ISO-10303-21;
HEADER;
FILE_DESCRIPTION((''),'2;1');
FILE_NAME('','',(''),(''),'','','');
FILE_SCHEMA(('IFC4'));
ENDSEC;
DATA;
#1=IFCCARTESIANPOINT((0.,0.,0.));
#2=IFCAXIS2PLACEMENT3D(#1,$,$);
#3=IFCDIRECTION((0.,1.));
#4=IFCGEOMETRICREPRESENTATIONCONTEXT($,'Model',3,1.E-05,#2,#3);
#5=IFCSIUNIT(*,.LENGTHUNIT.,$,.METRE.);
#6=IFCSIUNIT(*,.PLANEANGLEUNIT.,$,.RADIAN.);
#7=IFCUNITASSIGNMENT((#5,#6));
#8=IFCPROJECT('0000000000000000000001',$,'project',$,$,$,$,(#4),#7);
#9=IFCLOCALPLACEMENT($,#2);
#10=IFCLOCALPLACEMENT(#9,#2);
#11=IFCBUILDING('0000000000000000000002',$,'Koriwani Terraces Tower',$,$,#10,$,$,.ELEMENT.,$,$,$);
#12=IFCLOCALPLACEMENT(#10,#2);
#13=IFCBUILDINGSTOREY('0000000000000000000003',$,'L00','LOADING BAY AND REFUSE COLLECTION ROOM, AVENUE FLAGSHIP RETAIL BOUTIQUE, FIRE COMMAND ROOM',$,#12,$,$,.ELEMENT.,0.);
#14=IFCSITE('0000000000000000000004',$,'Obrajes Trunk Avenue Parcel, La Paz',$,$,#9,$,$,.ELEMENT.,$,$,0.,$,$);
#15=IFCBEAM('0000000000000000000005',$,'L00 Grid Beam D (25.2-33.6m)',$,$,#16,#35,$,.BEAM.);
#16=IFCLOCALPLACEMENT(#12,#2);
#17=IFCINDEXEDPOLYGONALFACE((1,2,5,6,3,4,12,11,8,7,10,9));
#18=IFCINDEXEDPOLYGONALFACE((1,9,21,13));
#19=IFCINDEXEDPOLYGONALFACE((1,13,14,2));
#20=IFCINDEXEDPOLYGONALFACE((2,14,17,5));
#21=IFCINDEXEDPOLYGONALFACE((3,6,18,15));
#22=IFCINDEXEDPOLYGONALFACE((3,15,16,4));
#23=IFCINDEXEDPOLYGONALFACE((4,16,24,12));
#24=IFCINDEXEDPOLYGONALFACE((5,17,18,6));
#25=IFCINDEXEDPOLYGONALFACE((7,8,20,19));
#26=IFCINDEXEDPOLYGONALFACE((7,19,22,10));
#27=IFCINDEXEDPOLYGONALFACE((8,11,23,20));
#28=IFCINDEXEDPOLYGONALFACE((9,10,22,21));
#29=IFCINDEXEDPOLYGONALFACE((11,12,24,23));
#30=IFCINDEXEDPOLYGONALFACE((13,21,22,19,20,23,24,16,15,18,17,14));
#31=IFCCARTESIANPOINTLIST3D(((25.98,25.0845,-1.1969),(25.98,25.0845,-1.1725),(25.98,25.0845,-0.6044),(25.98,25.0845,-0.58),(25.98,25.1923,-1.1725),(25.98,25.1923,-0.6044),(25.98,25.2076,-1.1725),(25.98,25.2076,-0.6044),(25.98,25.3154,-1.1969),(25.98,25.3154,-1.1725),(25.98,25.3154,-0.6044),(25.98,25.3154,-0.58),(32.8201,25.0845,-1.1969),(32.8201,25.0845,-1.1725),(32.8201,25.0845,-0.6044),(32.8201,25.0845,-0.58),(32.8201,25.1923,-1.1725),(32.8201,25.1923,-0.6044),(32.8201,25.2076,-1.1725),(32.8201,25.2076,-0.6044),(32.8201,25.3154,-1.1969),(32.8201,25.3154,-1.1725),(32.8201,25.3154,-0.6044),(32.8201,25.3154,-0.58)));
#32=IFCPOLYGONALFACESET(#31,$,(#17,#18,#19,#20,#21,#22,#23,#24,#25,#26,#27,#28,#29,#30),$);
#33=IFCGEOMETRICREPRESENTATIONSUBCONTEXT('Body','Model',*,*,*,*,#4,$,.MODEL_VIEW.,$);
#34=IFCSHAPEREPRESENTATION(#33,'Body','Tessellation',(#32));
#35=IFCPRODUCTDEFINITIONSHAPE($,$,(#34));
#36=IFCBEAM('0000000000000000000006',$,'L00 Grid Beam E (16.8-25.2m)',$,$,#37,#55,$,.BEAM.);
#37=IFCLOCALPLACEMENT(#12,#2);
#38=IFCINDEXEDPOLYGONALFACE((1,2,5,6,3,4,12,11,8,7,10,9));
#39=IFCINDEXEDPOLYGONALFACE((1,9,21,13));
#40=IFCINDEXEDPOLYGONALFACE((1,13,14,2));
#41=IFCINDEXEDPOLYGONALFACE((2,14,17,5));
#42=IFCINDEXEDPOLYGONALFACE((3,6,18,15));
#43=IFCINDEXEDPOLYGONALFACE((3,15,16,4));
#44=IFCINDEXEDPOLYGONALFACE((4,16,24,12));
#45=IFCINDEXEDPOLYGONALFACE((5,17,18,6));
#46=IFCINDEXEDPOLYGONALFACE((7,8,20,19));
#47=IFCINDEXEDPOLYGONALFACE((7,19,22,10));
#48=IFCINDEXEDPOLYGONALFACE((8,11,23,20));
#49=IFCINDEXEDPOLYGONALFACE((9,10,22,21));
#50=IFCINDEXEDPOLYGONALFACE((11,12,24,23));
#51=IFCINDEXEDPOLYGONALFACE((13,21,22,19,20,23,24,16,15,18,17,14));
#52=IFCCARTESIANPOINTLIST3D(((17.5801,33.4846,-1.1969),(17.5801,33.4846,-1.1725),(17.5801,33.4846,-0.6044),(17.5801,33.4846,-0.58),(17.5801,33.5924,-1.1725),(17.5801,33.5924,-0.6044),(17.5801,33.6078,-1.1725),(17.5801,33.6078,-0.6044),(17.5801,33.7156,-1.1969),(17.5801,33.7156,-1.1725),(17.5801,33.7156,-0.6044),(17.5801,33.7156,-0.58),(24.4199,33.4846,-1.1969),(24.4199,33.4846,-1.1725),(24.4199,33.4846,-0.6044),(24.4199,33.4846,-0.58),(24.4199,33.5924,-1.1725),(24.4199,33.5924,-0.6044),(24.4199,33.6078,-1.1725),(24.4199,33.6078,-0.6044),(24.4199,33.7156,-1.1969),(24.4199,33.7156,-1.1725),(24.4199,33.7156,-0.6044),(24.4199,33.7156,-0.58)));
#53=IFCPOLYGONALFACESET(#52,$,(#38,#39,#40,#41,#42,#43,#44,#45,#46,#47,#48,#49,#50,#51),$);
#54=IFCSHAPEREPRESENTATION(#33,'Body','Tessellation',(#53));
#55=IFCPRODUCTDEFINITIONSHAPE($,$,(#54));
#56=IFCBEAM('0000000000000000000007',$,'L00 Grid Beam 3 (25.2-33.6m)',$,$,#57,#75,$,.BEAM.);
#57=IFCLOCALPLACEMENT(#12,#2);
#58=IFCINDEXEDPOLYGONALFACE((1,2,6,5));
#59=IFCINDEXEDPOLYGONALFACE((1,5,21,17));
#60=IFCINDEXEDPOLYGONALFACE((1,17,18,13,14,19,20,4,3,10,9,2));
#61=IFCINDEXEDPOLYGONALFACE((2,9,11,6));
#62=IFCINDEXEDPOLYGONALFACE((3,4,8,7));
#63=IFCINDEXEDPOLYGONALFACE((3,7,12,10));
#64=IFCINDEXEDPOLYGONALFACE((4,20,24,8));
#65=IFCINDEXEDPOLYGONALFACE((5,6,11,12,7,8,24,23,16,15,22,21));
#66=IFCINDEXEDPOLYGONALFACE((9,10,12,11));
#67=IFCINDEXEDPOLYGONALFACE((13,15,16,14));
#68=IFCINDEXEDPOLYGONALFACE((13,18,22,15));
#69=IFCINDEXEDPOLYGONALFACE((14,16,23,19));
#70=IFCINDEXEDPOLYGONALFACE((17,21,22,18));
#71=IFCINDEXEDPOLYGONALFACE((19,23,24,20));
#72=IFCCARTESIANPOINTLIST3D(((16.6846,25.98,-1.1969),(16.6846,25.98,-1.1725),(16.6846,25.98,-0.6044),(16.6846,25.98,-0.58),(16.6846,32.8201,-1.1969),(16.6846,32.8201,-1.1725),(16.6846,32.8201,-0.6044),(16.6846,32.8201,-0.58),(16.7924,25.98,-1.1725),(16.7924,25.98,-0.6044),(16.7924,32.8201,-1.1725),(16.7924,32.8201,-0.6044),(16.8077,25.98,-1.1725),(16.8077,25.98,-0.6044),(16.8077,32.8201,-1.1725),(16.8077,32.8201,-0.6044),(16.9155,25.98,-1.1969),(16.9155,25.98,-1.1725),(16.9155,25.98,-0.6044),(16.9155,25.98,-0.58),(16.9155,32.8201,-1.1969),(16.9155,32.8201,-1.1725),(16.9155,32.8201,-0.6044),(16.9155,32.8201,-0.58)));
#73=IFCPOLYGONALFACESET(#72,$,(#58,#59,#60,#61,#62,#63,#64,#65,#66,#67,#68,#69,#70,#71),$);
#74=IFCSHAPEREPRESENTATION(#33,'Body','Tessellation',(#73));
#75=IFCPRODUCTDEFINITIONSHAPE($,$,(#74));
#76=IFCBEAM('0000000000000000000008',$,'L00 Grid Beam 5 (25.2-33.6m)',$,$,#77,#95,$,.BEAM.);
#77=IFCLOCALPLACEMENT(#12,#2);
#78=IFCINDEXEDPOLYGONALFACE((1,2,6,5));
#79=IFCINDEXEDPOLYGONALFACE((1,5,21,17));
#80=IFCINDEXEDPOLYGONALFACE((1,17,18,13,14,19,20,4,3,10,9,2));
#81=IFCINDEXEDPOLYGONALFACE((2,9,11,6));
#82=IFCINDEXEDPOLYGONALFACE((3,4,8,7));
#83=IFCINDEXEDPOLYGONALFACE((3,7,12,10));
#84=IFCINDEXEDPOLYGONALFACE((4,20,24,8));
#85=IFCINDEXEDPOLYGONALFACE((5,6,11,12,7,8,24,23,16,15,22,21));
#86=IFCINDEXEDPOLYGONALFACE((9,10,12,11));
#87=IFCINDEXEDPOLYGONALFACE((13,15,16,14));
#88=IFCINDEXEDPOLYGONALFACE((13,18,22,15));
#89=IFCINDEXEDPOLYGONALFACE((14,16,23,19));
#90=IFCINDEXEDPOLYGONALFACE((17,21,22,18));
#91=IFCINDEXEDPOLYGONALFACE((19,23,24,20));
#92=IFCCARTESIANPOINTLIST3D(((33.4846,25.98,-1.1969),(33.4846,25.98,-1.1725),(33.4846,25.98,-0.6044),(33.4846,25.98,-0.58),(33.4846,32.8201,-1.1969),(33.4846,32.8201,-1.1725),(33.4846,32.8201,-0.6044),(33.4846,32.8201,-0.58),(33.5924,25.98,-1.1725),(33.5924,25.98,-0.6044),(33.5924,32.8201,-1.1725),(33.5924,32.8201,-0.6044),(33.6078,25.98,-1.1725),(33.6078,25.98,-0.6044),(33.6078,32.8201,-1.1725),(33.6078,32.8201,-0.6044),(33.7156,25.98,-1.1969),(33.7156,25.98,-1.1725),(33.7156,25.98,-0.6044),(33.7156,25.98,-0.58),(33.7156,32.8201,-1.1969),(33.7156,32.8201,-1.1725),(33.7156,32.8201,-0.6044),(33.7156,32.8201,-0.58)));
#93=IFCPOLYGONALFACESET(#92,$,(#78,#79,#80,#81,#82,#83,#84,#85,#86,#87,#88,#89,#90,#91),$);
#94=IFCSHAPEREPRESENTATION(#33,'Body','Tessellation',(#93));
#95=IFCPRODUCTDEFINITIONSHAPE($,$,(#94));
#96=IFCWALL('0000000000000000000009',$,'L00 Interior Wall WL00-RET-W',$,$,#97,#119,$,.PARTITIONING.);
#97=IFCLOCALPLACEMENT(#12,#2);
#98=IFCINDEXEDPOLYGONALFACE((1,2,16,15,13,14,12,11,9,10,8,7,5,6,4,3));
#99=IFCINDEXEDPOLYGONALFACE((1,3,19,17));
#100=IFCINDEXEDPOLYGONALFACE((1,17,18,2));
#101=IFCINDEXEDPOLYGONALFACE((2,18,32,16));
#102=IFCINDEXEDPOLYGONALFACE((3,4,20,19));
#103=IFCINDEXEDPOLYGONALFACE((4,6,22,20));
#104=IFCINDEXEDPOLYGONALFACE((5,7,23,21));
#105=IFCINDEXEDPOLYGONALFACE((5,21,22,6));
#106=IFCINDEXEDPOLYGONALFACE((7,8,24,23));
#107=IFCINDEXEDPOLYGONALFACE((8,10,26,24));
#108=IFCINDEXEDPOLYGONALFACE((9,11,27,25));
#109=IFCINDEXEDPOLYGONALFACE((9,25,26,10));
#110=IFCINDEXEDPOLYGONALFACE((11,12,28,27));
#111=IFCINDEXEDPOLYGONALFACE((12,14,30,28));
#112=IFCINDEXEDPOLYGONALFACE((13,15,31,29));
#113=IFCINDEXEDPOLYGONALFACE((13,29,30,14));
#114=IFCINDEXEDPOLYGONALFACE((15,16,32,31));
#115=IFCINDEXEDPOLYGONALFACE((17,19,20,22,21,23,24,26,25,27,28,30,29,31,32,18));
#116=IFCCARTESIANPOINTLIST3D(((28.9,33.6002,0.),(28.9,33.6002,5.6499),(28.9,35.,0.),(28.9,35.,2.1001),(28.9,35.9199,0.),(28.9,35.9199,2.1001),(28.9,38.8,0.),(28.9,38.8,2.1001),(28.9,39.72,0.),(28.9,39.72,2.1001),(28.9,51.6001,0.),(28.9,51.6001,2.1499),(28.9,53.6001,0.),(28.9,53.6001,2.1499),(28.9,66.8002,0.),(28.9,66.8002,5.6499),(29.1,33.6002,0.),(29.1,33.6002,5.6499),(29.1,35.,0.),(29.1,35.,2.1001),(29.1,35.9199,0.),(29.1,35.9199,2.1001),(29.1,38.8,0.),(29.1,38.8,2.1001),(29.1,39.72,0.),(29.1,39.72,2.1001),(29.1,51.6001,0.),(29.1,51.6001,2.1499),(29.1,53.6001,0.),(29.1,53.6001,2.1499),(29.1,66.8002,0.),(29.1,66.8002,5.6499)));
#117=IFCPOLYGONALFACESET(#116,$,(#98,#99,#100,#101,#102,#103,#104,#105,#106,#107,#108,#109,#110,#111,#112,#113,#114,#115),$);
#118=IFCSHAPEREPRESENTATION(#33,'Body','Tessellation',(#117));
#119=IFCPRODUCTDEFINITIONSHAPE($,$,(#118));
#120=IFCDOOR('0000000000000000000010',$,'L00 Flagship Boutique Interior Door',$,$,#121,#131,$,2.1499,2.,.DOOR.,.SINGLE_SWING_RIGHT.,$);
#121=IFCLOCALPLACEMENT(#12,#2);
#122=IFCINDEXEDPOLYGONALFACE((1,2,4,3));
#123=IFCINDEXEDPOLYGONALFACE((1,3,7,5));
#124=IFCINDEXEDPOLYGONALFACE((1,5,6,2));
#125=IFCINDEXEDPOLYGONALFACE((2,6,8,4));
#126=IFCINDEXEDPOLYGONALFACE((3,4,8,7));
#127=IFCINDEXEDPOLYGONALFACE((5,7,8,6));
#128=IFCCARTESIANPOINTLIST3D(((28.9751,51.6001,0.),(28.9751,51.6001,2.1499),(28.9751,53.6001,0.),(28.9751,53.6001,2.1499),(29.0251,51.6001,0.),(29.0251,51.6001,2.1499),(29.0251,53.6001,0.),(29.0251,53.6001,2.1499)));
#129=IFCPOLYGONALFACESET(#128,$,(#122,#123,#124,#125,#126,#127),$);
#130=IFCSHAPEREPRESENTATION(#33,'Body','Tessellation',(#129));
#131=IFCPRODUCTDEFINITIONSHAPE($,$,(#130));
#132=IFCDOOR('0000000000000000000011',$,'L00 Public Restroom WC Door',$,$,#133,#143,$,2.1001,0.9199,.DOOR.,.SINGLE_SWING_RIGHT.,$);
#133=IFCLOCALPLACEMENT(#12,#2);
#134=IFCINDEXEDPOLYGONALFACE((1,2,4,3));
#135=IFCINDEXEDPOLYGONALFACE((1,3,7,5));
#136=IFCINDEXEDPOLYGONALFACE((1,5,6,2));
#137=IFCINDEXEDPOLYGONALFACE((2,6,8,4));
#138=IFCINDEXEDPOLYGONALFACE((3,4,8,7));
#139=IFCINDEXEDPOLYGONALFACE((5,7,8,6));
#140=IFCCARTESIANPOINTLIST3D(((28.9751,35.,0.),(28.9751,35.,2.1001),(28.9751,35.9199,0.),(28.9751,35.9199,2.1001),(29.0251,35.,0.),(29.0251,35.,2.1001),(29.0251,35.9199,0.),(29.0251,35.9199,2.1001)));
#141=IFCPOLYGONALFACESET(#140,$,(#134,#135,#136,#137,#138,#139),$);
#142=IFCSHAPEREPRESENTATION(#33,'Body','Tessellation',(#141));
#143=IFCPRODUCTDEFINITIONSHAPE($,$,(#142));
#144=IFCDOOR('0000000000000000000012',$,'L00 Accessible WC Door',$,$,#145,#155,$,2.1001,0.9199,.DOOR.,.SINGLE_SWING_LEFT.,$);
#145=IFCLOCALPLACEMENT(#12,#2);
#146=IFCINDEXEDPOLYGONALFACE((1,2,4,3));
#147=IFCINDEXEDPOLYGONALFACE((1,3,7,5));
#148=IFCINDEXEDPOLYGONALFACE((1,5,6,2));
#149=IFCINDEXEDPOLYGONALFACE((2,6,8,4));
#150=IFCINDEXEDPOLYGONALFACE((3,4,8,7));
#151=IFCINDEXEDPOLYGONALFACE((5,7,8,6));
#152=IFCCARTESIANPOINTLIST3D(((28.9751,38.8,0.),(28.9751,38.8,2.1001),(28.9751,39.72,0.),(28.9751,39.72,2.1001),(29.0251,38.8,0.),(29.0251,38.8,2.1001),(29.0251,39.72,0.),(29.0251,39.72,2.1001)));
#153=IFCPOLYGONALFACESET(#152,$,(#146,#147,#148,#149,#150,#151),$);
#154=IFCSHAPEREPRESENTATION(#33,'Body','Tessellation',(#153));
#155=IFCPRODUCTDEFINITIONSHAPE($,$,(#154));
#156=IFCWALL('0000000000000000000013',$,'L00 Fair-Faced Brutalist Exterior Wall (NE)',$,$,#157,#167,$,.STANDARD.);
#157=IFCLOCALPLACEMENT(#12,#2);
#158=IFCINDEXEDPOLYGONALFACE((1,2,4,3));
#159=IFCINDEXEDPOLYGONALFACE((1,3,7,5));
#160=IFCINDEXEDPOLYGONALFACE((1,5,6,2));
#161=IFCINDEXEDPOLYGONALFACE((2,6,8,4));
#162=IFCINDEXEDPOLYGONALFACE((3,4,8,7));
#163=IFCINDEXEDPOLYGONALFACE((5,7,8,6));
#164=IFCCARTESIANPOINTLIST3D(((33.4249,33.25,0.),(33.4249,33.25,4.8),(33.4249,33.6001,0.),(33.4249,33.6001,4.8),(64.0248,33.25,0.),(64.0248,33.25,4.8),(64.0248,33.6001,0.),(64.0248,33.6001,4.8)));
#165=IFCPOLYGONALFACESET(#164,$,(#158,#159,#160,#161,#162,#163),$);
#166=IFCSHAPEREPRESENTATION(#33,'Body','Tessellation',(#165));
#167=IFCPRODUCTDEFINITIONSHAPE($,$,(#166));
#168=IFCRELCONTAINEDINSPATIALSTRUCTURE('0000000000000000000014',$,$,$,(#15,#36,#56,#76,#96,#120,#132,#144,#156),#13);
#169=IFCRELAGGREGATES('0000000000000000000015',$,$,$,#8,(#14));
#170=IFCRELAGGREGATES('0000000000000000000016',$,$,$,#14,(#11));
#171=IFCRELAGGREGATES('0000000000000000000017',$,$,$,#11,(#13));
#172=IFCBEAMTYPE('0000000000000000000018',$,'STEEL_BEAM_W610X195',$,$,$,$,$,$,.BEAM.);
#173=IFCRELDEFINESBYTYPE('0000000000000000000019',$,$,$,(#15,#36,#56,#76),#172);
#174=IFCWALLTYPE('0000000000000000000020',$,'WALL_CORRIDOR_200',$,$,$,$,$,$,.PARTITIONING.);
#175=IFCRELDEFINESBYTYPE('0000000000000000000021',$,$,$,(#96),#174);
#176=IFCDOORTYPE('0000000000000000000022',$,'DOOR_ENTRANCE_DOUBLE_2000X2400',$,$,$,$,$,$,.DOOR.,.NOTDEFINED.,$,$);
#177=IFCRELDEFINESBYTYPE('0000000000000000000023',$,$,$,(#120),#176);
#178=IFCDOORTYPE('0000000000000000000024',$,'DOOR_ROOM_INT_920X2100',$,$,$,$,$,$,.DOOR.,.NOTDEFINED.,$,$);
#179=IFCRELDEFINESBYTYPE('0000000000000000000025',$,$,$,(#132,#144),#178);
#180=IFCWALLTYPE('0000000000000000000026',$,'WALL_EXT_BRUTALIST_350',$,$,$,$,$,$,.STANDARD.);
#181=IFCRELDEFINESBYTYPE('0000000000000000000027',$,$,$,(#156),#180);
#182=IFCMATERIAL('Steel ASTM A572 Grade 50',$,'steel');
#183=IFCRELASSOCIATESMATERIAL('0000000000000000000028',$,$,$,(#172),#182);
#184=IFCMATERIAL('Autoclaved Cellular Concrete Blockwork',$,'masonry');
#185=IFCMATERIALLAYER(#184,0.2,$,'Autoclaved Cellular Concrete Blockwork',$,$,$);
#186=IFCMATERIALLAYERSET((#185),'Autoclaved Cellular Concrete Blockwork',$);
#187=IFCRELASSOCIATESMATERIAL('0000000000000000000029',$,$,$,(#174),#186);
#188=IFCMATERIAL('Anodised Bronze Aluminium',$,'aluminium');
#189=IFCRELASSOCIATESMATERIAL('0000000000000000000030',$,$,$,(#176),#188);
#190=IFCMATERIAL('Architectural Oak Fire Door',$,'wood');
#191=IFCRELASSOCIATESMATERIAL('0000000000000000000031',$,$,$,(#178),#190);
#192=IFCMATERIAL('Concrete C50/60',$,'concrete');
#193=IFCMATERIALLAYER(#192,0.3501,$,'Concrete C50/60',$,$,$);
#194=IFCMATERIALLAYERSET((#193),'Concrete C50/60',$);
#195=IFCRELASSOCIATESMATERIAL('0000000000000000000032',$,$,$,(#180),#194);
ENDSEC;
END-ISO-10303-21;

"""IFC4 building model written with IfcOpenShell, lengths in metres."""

from ifc_helpers import new_model, si_unit, direction, frame, frame_2d, origin, origin_2d, place, context, subcontext, project, spatial, rectangle, i_section, extrude, material, layer, layer_set, material_profile, profile_set, type_object, element, fill, save


model = new_model("IFC4")

# Units and contexts
model_context = context("Model", 3, precision=1e-05, world=origin(), true_north=direction((0.0, 1.0)))
body_context = subcontext(model_context, "Body", "Model", "MODEL_VIEW")
ifc_project = project(units=[si_unit("LENGTHUNIT", "METRE"), si_unit("PLANEANGLEUNIT", "RADIAN")], contexts=[model_context])

# Site, building, storey
site_placement = place(None, origin())
site = spatial("IfcSite", under=ifc_project, at=site_placement, Name="Obrajes Trunk Avenue Parcel, La Paz", CompositionType="ELEMENT", RefElevation=0.0)
building_placement = place(site_placement, origin())
building = spatial("IfcBuilding", under=site, at=building_placement, Name="Koriwani Terraces Tower", CompositionType="ELEMENT")
storey_placement = place(building_placement, origin())
storey = spatial("IfcBuildingStorey", under=building, at=storey_placement, Name="L00", Description="LOADING BAY AND REFUSE COLLECTION ROOM, AVENUE FLAGSHIP RETAIL BOUTIQUE, FIRE COMMAND ROOM", CompositionType="ELEMENT", Elevation=0.0)

# Beams
ifc_material_1 = material(Name="Steel ASTM A572 Grade 50", Category="steel")
ifc_material_profile_1 = material_profile(ifc_material_1, i_section(OverallWidth=0.231, OverallDepth=0.6169, WebThickness=0.0154, FlangeThickness=0.0244, at=origin_2d()), Name="Steel ASTM A572 Grade 50", Category="LoadBearing")
ifc_profile_set_1 = profile_set([ifc_material_profile_1], Name="Steel ASTM A572 Grade 50")
beam_type_1 = type_object("IfcBeamType", Name="STEEL_BEAM_W610X195", PredefinedType="BEAM", material=ifc_profile_set_1)
beam_1_placement = place(storey_placement, frame((25.98, 25.2, -0.8884), z_axis=(1.0, 0.0, 0.0), x_axis=(0.0, 1.0, 0.0)))
element("IfcBeam", 1, at=beam_1_placement, inside=storey, type_object=beam_type_1, Name="L00 Grid Beam D (25.2-33.6m)", PredefinedType="BEAM", context=body_context, shape_type="SweptSolid", body=[
    extrude(i_section(OverallWidth=0.231, OverallDepth=0.6169, WebThickness=0.0154, FlangeThickness=0.0244, at=origin_2d()), origin(), (0.0, 0.0, 1.0), 6.8401),
])
beam_2_placement = place(storey_placement, frame((17.5801, 33.6001, -0.8884), z_axis=(1.0, 0.0, 0.0), x_axis=(0.0, 1.0, 0.0)))
element("IfcBeam", 2, at=beam_2_placement, inside=storey, type_object=beam_type_1, Name="L00 Grid Beam E (16.8-25.2m)", PredefinedType="BEAM", context=body_context, shape_type="SweptSolid", body=[
    extrude(i_section(OverallWidth=0.231, OverallDepth=0.6169, WebThickness=0.0154, FlangeThickness=0.0244, at=origin_2d()), origin(), (0.0, 0.0, 1.0), 6.8398),
])
for number, where, z_axis, x_axis, name in (
    (3, (16.8, 25.98, -0.8884), (0.0, 1.0, 0.0), (-1.0, 0.0, 0.0), "L00 Grid Beam 3 (25.2-33.6m)"),
    (4, (33.6001, 25.98, -0.8884), (0.0, 1.0, 0.0), (-1.0, 0.0, 0.0), "L00 Grid Beam 5 (25.2-33.6m)"),
):
    element("IfcBeam", number, at=place(storey_placement, frame(where, z_axis=z_axis, x_axis=x_axis)), inside=storey, type_object=beam_type_1, Name=name, PredefinedType="BEAM", context=body_context, shape_type="SweptSolid", body=[
        extrude(i_section(OverallWidth=0.231, OverallDepth=0.6169, WebThickness=0.0154, FlangeThickness=0.0244, at=origin_2d()), origin(), (0.0, 0.0, 1.0), 6.8401),
    ])

# Wall, openings, doors
ifc_material_2 = material(Name="Autoclaved Cellular Concrete Blockwork", Category="masonry")
ifc_layer_1 = layer(ifc_material_2, 0.2, Name="Autoclaved Cellular Concrete Blockwork")
ifc_layer_set_1 = layer_set([ifc_layer_1], Name="Autoclaved Cellular Concrete Blockwork")
wall_type_1 = type_object("IfcWallType", Name="WALL_CORRIDOR_200", PredefinedType="PARTITIONING", material=ifc_layer_set_1)
wall_1_placement = place(storey_placement, frame((29.0, 33.6001, 0.0), z_axis=(0.0, 0.0, 1.0), x_axis=(0.0, 1.0, 0.0)))
wall_1 = element("IfcWall", 5, at=wall_1_placement, inside=storey, type_object=wall_type_1, Name="L00 Interior Wall WL00-RET-W", PredefinedType="PARTITIONING", context=body_context, shape_type="SweptSolid", body=[
    extrude(rectangle(XDim=33.2, YDim=0.2, at=frame_2d((16.6001, 0.0))), origin(), (0.0, 0.0, 1.0), 5.6499),
])
opening_1_placement = place(wall_1_placement, frame((1.3999, 0.0, 0.0)))
opening_1 = element("IfcOpeningElement", 6, at=opening_1_placement, cuts=wall_1, PredefinedType="OPENING", context=body_context, shape_type="SweptSolid", body=[
    extrude(rectangle(XDim=0.9199, YDim=2.1001, at=frame_2d((0.46, 1.05))), frame((0.0, 0.1099, 0.0), z_axis=(0.0, -1.0, 0.0), x_axis=(1.0, 0.0, 0.0)), (0.0, 0.0, 1.0), 0.22),
])
opening_2_placement = place(wall_1_placement, frame((5.2, 0.0, 0.0)))
opening_2 = element("IfcOpeningElement", 7, at=opening_2_placement, cuts=wall_1, PredefinedType="OPENING", context=body_context, shape_type="SweptSolid", body=[
    extrude(rectangle(XDim=0.9199, YDim=2.1001, at=frame_2d((0.46, 1.05))), frame((0.0, 0.1099, 0.0), z_axis=(0.0, -1.0, 0.0), x_axis=(1.0, 0.0, 0.0)), (0.0, 0.0, 1.0), 0.22),
])
opening_3_placement = place(wall_1_placement, frame((18.0, 0.0, 0.0)))
opening_3 = element("IfcOpeningElement", 8, at=opening_3_placement, cuts=wall_1, PredefinedType="OPENING", context=body_context, shape_type="SweptSolid", body=[
    extrude(rectangle(XDim=2.0, YDim=2.1499, at=frame_2d((1.0, 1.075))), frame((0.0, 0.1099, 0.0), z_axis=(0.0, -1.0, 0.0), x_axis=(1.0, 0.0, 0.0)), (0.0, 0.0, 1.0), 0.22),
])
ifc_material_3 = material(Name="Anodised Bronze Aluminium", Category="aluminium")
door_type_1 = type_object("IfcDoorType", Name="DOOR_ENTRANCE_DOUBLE_2000X2400", OperationType="NOTDEFINED", PredefinedType="DOOR", material=ifc_material_3)
door_1_placement = place(opening_3_placement, origin())
door_1 = element("IfcDoor", 9, at=door_1_placement, inside=storey, type_object=door_type_1, Name="L00 Flagship Boutique Interior Door", OperationType="SINGLE_SWING_RIGHT", OverallHeight=2.1499, OverallWidth=2.0, PredefinedType="DOOR", context=body_context, shape_type="SweptSolid", body=[
    extrude(rectangle(XDim=2.0, YDim=2.1499, at=frame_2d((1.0, 1.075))), frame((0.0, 0.0249, 0.0), z_axis=(0.0, -1.0, 0.0), x_axis=(1.0, 0.0, 0.0)), (0.0, 0.0, 1.0), 0.05),
])
fill(opening_3, door_1)
ifc_material_4 = material(Name="Architectural Oak Fire Door", Category="wood")
door_type_2 = type_object("IfcDoorType", Name="DOOR_ROOM_INT_920X2100", OperationType="NOTDEFINED", PredefinedType="DOOR", material=ifc_material_4)
door_2_placement = place(opening_1_placement, origin())
door_2 = element("IfcDoor", 10, at=door_2_placement, inside=storey, type_object=door_type_2, Name="L00 Public Restroom WC Door", OperationType="SINGLE_SWING_RIGHT", OverallHeight=2.1001, OverallWidth=0.9199, PredefinedType="DOOR", context=body_context, shape_type="SweptSolid", body=[
    extrude(rectangle(XDim=0.9199, YDim=2.1001, at=frame_2d((0.46, 1.05))), frame((0.0, 0.0249, 0.0), z_axis=(0.0, -1.0, 0.0), x_axis=(1.0, 0.0, 0.0)), (0.0, 0.0, 1.0), 0.05),
])
fill(opening_1, door_2)
door_3_placement = place(opening_2_placement, origin())
door_3 = element("IfcDoor", 11, at=door_3_placement, inside=storey, type_object=door_type_2, Name="L00 Accessible WC Door", OperationType="SINGLE_SWING_LEFT", OverallHeight=2.1001, OverallWidth=0.9199, PredefinedType="DOOR", context=body_context, shape_type="SweptSolid", body=[
    extrude(rectangle(XDim=0.9199, YDim=2.1001, at=frame_2d((0.46, 1.05))), frame((0.0, 0.0249, 0.0), z_axis=(0.0, -1.0, 0.0), x_axis=(1.0, 0.0, 0.0)), (0.0, 0.0, 1.0), 0.05),
])
fill(opening_2, door_3)

# Wall
ifc_material_5 = material(Name="Concrete C50/60", Category="concrete")
ifc_layer_2 = layer(ifc_material_5, 0.3501, Name="Concrete C50/60")
ifc_layer_set_2 = layer_set([ifc_layer_2], Name="Concrete C50/60")
wall_type_2 = type_object("IfcWallType", Name="WALL_EXT_BRUTALIST_350", PredefinedType="STANDARD", material=ifc_layer_set_2)
wall_2_placement = place(storey_placement, frame((33.425, 33.425, 0.0), z_axis=(0.0, 0.0, 1.0), x_axis=(1.0, 0.0, 0.0)))
element("IfcWall", 12, at=wall_2_placement, inside=storey, type_object=wall_type_2, Name="L00 Fair-Faced Brutalist Exterior Wall (NE)", PredefinedType="STANDARD", context=body_context, shape_type="SweptSolid", body=[
    extrude(rectangle(XDim=30.5999, YDim=0.3501, at=frame_2d((15.2998, 0.0))), origin(), (0.0, 0.0, 1.0), 4.8),
])

save(model, "model.ifc")
